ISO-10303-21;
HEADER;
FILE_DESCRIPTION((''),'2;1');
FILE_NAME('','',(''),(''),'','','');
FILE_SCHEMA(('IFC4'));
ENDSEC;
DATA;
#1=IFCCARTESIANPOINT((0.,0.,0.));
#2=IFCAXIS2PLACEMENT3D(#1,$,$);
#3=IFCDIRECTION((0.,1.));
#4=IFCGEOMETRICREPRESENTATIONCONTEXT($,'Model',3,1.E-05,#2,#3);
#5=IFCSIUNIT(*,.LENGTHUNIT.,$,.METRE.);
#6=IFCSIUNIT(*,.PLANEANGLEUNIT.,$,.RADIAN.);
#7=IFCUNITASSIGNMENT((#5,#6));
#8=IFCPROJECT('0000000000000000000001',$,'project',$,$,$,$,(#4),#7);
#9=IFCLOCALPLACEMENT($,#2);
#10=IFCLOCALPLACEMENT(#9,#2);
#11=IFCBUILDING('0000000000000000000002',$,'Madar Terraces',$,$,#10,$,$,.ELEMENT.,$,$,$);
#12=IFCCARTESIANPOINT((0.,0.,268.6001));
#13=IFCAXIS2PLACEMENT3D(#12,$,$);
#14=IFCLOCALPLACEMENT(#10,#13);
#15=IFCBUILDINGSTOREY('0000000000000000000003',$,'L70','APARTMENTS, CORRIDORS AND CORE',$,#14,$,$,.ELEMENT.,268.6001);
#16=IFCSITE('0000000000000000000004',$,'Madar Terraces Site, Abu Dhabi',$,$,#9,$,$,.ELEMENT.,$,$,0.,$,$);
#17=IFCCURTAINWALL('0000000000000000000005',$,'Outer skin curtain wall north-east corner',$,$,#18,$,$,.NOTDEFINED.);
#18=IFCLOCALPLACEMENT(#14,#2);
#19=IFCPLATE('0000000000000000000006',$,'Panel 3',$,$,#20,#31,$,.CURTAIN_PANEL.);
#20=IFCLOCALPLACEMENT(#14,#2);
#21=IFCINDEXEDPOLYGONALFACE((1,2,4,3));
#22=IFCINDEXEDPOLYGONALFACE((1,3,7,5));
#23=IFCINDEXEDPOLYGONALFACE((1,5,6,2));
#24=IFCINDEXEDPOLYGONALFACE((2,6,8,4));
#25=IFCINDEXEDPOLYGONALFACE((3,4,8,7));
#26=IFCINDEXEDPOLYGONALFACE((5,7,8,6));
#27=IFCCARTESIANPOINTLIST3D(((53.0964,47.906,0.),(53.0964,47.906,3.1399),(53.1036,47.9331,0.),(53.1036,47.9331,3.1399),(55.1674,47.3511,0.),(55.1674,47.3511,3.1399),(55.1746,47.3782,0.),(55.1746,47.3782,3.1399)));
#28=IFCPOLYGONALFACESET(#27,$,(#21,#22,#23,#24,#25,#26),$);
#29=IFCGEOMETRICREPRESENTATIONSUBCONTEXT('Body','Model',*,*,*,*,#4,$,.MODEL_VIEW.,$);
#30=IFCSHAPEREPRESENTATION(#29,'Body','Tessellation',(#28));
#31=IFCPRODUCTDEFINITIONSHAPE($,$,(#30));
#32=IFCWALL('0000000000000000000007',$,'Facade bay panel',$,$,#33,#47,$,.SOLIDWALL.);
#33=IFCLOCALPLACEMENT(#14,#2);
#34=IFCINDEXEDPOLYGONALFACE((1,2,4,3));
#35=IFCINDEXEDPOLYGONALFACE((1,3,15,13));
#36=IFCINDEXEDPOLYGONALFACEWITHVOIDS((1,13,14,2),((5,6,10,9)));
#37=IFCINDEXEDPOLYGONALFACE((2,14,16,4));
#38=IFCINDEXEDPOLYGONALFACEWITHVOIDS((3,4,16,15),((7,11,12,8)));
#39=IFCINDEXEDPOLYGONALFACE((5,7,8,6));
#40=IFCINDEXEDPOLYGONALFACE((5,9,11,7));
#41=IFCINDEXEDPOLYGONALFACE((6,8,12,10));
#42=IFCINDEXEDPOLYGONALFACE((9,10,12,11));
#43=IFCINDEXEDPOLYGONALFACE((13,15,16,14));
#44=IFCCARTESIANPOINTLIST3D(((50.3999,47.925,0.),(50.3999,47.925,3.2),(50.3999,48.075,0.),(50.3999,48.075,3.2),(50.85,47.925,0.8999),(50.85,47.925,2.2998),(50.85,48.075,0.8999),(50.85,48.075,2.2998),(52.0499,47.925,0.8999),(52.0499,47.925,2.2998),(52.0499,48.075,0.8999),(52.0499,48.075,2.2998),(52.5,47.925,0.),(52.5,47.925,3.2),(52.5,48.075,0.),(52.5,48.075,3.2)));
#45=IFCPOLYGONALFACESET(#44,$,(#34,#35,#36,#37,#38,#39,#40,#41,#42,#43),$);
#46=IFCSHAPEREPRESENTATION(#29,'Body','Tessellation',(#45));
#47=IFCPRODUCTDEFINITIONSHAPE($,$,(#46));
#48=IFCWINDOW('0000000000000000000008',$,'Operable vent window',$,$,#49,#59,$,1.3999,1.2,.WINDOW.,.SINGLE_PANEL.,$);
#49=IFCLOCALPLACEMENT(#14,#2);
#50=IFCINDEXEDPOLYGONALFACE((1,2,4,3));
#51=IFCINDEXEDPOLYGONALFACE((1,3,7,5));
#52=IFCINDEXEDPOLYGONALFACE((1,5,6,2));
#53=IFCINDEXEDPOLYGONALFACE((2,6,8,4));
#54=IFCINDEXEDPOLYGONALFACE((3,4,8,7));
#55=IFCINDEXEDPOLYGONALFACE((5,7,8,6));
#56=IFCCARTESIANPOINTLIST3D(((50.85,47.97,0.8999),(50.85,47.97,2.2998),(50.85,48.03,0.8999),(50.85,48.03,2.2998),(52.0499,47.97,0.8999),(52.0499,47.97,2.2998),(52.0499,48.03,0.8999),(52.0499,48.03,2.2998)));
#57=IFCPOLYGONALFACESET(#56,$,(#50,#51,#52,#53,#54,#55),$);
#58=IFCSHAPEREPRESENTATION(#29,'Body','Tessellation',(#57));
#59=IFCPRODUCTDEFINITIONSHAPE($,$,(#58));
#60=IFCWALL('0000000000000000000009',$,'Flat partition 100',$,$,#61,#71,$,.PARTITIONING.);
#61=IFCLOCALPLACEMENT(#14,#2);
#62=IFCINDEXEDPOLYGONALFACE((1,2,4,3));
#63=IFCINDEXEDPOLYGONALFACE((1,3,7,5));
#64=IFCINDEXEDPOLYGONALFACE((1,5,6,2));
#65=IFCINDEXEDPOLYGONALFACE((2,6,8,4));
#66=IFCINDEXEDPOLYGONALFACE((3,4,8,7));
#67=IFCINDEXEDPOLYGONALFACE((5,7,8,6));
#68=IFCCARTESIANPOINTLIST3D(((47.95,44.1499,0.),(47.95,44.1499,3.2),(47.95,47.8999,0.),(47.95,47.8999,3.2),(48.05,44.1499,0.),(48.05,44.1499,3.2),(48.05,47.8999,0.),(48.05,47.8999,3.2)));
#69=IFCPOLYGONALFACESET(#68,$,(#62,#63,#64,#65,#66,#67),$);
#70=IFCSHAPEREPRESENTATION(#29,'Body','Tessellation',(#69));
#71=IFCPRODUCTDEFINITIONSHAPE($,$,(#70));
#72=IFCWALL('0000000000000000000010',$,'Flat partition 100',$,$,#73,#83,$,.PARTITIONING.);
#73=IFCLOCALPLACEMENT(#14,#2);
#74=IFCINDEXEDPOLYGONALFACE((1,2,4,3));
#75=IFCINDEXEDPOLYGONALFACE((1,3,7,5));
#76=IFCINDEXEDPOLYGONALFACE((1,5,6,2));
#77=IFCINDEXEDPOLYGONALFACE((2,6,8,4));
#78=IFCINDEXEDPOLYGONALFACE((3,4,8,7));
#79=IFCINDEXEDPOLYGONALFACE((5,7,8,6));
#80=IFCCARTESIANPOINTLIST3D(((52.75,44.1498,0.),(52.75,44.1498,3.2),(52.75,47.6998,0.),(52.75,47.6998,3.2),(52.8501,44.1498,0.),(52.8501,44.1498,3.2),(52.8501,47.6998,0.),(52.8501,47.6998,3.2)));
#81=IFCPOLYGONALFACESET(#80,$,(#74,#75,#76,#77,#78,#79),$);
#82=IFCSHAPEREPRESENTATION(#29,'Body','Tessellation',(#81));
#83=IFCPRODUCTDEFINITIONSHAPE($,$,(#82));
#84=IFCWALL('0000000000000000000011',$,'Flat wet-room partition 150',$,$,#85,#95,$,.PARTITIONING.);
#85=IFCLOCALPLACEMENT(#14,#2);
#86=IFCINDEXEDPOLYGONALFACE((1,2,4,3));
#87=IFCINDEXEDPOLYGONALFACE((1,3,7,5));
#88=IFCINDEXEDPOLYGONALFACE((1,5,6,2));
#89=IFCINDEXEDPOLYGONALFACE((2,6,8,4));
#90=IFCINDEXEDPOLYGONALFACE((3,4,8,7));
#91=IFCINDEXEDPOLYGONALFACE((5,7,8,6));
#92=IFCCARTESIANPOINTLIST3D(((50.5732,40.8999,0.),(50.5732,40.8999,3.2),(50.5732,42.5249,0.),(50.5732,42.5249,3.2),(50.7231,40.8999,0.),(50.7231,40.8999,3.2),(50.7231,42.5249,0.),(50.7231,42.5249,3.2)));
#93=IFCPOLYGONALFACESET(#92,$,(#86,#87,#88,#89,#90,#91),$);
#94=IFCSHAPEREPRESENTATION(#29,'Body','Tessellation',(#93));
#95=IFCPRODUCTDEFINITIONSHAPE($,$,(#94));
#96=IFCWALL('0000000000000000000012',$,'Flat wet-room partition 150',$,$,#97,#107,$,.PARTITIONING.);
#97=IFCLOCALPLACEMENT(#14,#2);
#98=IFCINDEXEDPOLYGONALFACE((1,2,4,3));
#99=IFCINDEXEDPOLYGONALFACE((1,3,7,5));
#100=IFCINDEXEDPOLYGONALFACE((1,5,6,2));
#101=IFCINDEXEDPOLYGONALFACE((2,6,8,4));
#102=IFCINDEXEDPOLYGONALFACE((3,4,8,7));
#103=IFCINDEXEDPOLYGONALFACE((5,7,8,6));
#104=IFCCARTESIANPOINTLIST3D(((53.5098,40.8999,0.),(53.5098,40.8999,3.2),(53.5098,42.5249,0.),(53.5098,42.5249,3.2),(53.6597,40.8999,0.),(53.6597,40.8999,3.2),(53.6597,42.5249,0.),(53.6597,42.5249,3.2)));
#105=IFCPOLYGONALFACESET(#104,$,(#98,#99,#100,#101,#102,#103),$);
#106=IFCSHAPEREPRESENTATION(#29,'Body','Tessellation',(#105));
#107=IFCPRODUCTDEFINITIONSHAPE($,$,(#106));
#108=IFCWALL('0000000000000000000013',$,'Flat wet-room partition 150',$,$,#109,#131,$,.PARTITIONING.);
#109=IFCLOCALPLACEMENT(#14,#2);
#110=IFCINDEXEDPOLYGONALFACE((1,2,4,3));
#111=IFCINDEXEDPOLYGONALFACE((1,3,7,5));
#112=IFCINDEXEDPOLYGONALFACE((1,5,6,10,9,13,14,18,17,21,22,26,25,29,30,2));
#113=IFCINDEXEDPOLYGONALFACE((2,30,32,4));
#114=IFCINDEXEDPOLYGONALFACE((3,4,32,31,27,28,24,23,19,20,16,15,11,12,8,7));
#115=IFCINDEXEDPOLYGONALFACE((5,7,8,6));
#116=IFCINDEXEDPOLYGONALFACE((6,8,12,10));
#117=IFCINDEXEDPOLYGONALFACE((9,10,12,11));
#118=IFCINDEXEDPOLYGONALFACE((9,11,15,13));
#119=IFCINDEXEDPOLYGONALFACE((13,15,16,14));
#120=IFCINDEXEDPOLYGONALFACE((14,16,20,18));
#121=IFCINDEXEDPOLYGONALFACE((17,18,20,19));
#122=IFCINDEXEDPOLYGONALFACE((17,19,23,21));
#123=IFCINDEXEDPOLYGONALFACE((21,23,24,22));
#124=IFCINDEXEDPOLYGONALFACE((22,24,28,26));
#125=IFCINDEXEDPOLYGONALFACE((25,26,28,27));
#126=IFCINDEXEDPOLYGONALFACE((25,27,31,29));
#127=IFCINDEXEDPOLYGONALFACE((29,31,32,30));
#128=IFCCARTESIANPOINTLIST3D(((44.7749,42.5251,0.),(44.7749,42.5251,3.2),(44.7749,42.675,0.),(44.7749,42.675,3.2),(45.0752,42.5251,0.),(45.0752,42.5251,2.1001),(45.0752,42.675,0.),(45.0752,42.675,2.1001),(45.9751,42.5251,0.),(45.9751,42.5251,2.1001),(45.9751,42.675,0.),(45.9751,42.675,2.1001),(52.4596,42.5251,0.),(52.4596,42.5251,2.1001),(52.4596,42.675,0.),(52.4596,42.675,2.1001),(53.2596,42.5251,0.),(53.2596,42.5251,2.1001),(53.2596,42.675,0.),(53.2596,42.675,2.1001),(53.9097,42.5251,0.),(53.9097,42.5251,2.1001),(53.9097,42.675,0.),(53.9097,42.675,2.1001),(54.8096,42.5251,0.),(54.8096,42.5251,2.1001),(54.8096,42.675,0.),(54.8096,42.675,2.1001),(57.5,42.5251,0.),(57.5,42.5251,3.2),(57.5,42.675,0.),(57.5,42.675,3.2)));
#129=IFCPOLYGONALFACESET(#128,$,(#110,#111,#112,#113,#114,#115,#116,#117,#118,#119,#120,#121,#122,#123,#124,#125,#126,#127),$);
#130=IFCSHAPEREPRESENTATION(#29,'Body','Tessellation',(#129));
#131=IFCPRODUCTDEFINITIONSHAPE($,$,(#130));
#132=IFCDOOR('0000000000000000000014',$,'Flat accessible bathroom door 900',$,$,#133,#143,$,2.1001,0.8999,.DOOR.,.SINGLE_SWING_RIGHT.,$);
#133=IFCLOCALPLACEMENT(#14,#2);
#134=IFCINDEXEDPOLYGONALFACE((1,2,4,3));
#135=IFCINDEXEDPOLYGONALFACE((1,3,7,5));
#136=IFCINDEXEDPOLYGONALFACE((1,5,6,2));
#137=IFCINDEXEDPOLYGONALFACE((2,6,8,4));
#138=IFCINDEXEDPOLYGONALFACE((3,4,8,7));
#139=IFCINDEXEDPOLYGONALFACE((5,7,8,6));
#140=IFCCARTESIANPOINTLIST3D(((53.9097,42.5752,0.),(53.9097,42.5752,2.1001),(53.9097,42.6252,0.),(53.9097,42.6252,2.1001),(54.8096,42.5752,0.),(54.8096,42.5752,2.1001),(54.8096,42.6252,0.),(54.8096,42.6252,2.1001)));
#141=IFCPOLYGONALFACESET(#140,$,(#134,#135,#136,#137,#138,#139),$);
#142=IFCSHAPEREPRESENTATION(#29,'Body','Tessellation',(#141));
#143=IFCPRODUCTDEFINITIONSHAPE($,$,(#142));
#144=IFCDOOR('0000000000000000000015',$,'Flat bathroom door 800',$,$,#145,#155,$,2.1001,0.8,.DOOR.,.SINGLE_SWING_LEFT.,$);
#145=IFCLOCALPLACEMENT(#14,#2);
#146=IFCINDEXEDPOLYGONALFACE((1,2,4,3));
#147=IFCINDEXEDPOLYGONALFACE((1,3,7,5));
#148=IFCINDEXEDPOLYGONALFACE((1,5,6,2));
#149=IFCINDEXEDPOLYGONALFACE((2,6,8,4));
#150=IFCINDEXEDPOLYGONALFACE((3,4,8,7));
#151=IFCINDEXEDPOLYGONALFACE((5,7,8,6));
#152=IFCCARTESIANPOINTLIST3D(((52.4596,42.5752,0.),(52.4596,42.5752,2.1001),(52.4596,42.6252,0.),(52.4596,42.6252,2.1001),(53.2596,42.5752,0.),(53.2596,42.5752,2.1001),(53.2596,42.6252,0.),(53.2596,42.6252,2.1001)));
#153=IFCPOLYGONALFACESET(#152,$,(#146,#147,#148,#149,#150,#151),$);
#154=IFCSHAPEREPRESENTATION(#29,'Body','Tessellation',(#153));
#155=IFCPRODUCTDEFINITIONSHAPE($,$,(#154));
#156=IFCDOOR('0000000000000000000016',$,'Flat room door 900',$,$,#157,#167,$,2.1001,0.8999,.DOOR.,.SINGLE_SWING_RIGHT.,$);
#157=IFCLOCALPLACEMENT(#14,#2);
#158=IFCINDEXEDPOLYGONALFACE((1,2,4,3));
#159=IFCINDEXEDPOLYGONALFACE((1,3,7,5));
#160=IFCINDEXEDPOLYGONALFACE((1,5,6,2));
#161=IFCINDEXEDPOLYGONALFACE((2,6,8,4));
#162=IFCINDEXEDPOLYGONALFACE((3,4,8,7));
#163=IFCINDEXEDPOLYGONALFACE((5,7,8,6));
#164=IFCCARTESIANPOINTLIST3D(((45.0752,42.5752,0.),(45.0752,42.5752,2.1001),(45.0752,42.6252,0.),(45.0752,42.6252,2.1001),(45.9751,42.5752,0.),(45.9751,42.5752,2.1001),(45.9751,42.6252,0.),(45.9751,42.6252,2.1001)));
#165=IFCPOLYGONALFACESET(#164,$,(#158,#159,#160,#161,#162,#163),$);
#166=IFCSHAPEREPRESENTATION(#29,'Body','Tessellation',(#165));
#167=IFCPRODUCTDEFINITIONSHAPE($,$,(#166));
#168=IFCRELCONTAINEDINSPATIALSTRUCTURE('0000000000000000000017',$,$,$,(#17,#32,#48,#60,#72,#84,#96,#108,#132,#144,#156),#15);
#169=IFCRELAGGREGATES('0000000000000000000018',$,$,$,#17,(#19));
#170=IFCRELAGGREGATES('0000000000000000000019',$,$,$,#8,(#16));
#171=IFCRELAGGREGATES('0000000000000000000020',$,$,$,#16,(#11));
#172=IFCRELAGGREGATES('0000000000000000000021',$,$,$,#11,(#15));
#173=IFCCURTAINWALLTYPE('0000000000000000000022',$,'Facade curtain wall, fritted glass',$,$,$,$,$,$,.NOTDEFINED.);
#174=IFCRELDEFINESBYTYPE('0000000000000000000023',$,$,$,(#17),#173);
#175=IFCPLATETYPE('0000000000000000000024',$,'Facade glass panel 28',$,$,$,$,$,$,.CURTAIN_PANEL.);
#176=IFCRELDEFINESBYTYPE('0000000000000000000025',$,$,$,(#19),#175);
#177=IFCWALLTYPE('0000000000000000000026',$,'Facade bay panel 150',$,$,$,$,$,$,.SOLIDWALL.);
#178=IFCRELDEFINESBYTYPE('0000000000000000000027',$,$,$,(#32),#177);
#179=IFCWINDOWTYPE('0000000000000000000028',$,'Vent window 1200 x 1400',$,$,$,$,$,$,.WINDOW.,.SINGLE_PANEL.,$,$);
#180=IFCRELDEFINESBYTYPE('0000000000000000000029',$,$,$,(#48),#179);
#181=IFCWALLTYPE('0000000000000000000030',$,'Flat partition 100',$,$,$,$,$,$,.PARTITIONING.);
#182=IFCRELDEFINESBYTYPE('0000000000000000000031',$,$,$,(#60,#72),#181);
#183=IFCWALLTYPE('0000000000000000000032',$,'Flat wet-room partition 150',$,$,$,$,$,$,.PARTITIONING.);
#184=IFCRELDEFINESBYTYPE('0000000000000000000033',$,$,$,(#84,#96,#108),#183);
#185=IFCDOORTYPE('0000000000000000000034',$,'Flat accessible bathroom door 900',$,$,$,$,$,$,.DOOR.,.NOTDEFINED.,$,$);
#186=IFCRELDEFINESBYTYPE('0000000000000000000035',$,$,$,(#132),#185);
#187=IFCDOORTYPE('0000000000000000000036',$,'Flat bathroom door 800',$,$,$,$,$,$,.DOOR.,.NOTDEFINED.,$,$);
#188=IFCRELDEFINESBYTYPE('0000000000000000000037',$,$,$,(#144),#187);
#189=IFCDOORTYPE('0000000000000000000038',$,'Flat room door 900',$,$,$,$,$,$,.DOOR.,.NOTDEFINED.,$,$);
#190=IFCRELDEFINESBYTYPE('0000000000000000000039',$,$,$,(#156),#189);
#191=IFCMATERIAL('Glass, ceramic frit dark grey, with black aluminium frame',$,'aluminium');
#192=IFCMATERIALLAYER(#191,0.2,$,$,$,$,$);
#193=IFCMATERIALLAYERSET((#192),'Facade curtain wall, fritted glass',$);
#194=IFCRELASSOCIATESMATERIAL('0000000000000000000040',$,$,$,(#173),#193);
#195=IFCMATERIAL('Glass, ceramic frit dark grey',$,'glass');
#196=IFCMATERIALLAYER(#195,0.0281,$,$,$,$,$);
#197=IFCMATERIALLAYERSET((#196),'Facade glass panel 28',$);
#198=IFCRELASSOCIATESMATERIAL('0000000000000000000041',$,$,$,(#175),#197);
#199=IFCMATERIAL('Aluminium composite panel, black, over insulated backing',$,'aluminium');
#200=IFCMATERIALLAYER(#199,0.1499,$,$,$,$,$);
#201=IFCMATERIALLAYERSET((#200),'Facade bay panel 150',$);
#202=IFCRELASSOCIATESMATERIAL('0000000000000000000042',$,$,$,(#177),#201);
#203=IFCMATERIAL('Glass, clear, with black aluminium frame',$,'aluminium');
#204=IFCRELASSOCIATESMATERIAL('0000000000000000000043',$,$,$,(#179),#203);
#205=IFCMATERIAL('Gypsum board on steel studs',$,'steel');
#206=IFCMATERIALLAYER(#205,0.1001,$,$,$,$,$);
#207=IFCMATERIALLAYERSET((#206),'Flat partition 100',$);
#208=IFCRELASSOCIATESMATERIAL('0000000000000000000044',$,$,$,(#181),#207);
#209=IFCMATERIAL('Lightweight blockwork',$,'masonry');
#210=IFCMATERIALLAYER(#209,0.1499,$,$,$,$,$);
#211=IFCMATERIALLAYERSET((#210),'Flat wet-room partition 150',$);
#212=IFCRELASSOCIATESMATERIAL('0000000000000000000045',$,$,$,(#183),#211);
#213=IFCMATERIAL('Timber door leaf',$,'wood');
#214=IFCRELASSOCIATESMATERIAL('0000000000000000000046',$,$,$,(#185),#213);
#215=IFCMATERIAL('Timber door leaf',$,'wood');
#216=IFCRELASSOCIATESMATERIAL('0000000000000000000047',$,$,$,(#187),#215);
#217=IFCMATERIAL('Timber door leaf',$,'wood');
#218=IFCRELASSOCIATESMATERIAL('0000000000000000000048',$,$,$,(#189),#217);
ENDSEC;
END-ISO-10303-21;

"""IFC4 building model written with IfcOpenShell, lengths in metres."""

from ifc_helpers import new_model, si_unit, direction, frame, frame_2d, origin, origin_2d, place, context, subcontext, project, spatial, rectangle, extrude, material, layer, layer_set, type_object, element, fill, aggregate, save


model = new_model("IFC4")

# Units and contexts
model_context = context("Model", 3, precision=1e-05, world=origin(), true_north=direction((0.0, 1.0)))
body_context = subcontext(model_context, "Body", "Model", "MODEL_VIEW")
ifc_project = project(units=[si_unit("LENGTHUNIT", "METRE"), si_unit("PLANEANGLEUNIT", "RADIAN")], contexts=[model_context])

# Site, building, storey
site_placement = place(None, origin())
site = spatial("IfcSite", under=ifc_project, at=site_placement, Name="Madar Terraces Site, Abu Dhabi", CompositionType="ELEMENT", RefElevation=0.0)
building_placement = place(site_placement, origin())
building = spatial("IfcBuilding", under=site, at=building_placement, Name="Madar Terraces", CompositionType="ELEMENT")
storey_placement = place(building_placement, frame((0.0, 0.0, 268.6001)))
storey = spatial("IfcBuildingStorey", under=building, at=storey_placement, Name="L70", Description="APARTMENTS, CORRIDORS AND CORE", CompositionType="ELEMENT", Elevation=268.6001)

# Shared definitions
ifc_material_1 = material(Name="Glass, ceramic frit dark grey, with black aluminium frame", Category="aluminium")
ifc_layer_1 = layer(ifc_material_1, 0.2)
ifc_layer_set_1 = layer_set([ifc_layer_1], Name="Facade curtain wall, fritted glass")
curtain_wall_type = type_object("IfcCurtainWallType", Name="Facade curtain wall, fritted glass", PredefinedType="NOTDEFINED", material=ifc_layer_set_1)

# Curtain wall
curtain_wall_1_placement = place(storey_placement, origin())
curtain_wall_1 = element("IfcCurtainWall", 1, at=curtain_wall_1_placement, inside=storey, type_object=curtain_wall_type, Name="Outer skin curtain wall north-east corner", PredefinedType="NOTDEFINED")

# Shared definitions
ifc_material_2 = material(Name="Glass, ceramic frit dark grey", Category="glass")
ifc_layer_2 = layer(ifc_material_2, 0.0281)
ifc_layer_set_2 = layer_set([ifc_layer_2], Name="Facade glass panel 28")
plate_type = type_object("IfcPlateType", Name="Facade glass panel 28", PredefinedType="CURTAIN_PANEL", material=ifc_layer_set_2)

# Plate
plate_1_placement = place(storey_placement, frame((54.1355, 47.6421, 0.0), z_axis=(0.0, 0.0, 1.0), x_axis=(-0.965926, 0.258819, 0.0)))
plate_1 = element("IfcPlate", 2, at=plate_1_placement, type_object=plate_type, Name="Panel 3", PredefinedType="CURTAIN_PANEL", context=body_context, shape_type="SweptSolid", body=[
    extrude(rectangle(XDim=2.144, YDim=0.0281, at=origin_2d()), origin(), (0.0, 0.0, 1.0), 3.1399),
])
aggregate(curtain_wall_1, [plate_1])

# Wall, opening, window
ifc_material_3 = material(Name="Aluminium composite panel, black, over insulated backing", Category="aluminium")
ifc_layer_3 = layer(ifc_material_3, 0.1499)
ifc_layer_set_3 = layer_set([ifc_layer_3], Name="Facade bay panel 150")
wall_type_1 = type_object("IfcWallType", Name="Facade bay panel 150", PredefinedType="SOLIDWALL", material=ifc_layer_set_3)
wall_1_placement = place(storey_placement, frame((52.5, 48.0, 0.0), z_axis=(0.0, 0.0, 1.0), x_axis=(-1.0, 0.0, 0.0)))
wall_1 = element("IfcWall", 3, at=wall_1_placement, inside=storey, type_object=wall_type_1, Name="Facade bay panel", PredefinedType="SOLIDWALL", context=body_context, shape_type="SweptSolid", body=[
    extrude(rectangle(XDim=2.1001, YDim=0.1499, at=frame_2d((1.05, 0.0))), origin(), (0.0, 0.0, 1.0), 3.2),
])
opening_1_placement = place(wall_1_placement, frame((0.45, 0.0, 0.8999)))
opening_1 = element("IfcOpeningElement", 4, at=opening_1_placement, cuts=wall_1, PredefinedType="OPENING", context=body_context, shape_type="SweptSolid", body=[
    extrude(rectangle(XDim=1.2, YDim=1.3999, at=frame_2d((0.6001, 0.7))), frame((0.0, 0.085, 0.0), z_axis=(0.0, -1.0, 0.0), x_axis=(1.0, 0.0, 0.0)), (0.0, 0.0, 1.0), 0.1699),
])
ifc_material_4 = material(Name="Glass, clear, with black aluminium frame", Category="aluminium")
window_type = type_object("IfcWindowType", Name="Vent window 1200 x 1400", PartitioningType="SINGLE_PANEL", PredefinedType="WINDOW", material=ifc_material_4)
window_placement = place(opening_1_placement, origin())
window = element("IfcWindow", 5, at=window_placement, inside=storey, type_object=window_type, Name="Operable vent window", OverallHeight=1.3999, OverallWidth=1.2, PartitioningType="SINGLE_PANEL", PredefinedType="WINDOW", context=body_context, shape_type="SweptSolid", body=[
    extrude(rectangle(XDim=1.2, YDim=1.3999, at=frame_2d((0.6001, 0.7))), frame((0.0, 0.03, 0.0), z_axis=(0.0, -1.0, 0.0), x_axis=(1.0, 0.0, 0.0)), (0.0, 0.0, 1.0), 0.0601),
])
fill(opening_1, window)

# Walls
ifc_material_5 = material(Name="Gypsum board on steel studs", Category="steel")
ifc_layer_4 = layer(ifc_material_5, 0.1001)
ifc_layer_set_4 = layer_set([ifc_layer_4], Name="Flat partition 100")
wall_type_2 = type_object("IfcWallType", Name="Flat partition 100", PredefinedType="PARTITIONING", material=ifc_layer_set_4)
wall_2_placement = place(storey_placement, frame((48.0, 44.1499, 0.0), z_axis=(0.0, 0.0, 1.0), x_axis=(0.0, 1.0, 0.0)))
element("IfcWall", 6, at=wall_2_placement, inside=storey, type_object=wall_type_2, Name="Flat partition 100", PredefinedType="PARTITIONING", context=body_context, shape_type="SweptSolid", body=[
    extrude(rectangle(XDim=3.75, YDim=0.1001, at=frame_2d((1.875, 0.0))), origin(), (0.0, 0.0, 1.0), 3.2),
])
wall_3_placement = place(storey_placement, frame((52.8, 44.1499, 0.0), z_axis=(0.0, 0.0, 1.0), x_axis=(0.0, 1.0, 0.0)))
element("IfcWall", 7, at=wall_3_placement, inside=storey, type_object=wall_type_2, Name="Flat partition 100", PredefinedType="PARTITIONING", context=body_context, shape_type="SweptSolid", body=[
    extrude(rectangle(XDim=3.55, YDim=0.1001, at=frame_2d((1.7749, 0.0))), origin(), (0.0, 0.0, 1.0), 3.2),
])
ifc_material_6 = material(Name="Lightweight blockwork", Category="masonry")
ifc_layer_5 = layer(ifc_material_6, 0.1499)
ifc_layer_set_5 = layer_set([ifc_layer_5], Name="Flat wet-room partition 150")
wall_type_3 = type_object("IfcWallType", Name="Flat wet-room partition 150", PredefinedType="PARTITIONING", material=ifc_layer_set_5)
for number, where, z_axis, x_axis, name in (
    (8, (50.6482, 40.8999, 0.0), (0.0, 0.0, 1.0), (0.0, 1.0, 0.0), "Flat wet-room partition 150"),
    (9, (53.5847, 40.8999, 0.0), (0.0, 0.0, 1.0), (0.0, 1.0, 0.0), "Flat wet-room partition 150"),
):
    element("IfcWall", number, at=place(storey_placement, frame(where, z_axis=z_axis, x_axis=x_axis)), inside=storey, type_object=wall_type_3, Name=name, PredefinedType="PARTITIONING", context=body_context, shape_type="SweptSolid", body=[
        extrude(rectangle(XDim=1.625, YDim=0.1499, at=frame_2d((0.8125, 0.0))), origin(), (0.0, 0.0, 1.0), 3.2),
    ])

# Wall, openings, doors
wall_4_placement = place(storey_placement, frame((57.5, 42.6001, 0.0), z_axis=(0.0, 0.0, 1.0), x_axis=(-1.0, 0.0, 0.0)))
wall_4 = element("IfcWall", 10, at=wall_4_placement, inside=storey, type_object=wall_type_3, Name="Flat wet-room partition 150", PredefinedType="PARTITIONING", context=body_context, shape_type="SweptSolid", body=[
    extrude(rectangle(XDim=12.7251, YDim=0.1499, at=frame_2d((6.3625, 0.0))), origin(), (0.0, 0.0, 1.0), 3.2),
])
opening_2_placement = place(wall_4_placement, frame((11.5249, 0.0, 0.0)))
opening_2 = element("IfcOpeningElement", 11, at=opening_2_placement, cuts=wall_4, PredefinedType="OPENING", context=body_context, shape_type="SweptSolid", body=[
    extrude(rectangle(XDim=0.8999, YDim=2.1001, at=frame_2d((0.45, 1.05))), frame((0.0, 0.085, 0.0), z_axis=(0.0, -1.0, 0.0), x_axis=(1.0, 0.0, 0.0)), (0.0, 0.0, 1.0), 0.1699),
])
opening_3_placement = place(wall_4_placement, frame((4.2405, 0.0, 0.0)))
opening_3 = element("IfcOpeningElement", 12, at=opening_3_placement, cuts=wall_4, PredefinedType="OPENING", context=body_context, shape_type="SweptSolid", body=[
    extrude(rectangle(XDim=0.8, YDim=2.1001, at=frame_2d((0.3999, 1.05))), frame((0.0, 0.085, 0.0), z_axis=(0.0, -1.0, 0.0), x_axis=(1.0, 0.0, 0.0)), (0.0, 0.0, 1.0), 0.1699),
])
opening_4_placement = place(wall_4_placement, frame((2.6904, 0.0, 0.0)))
opening_4 = element("IfcOpeningElement", 13, at=opening_4_placement, cuts=wall_4, PredefinedType="OPENING", context=body_context, shape_type="SweptSolid", body=[
    extrude(rectangle(XDim=0.8999, YDim=2.1001, at=frame_2d((0.45, 1.05))), frame((0.0, 0.085, 0.0), z_axis=(0.0, -1.0, 0.0), x_axis=(1.0, 0.0, 0.0)), (0.0, 0.0, 1.0), 0.1699),
])
ifc_material_7 = material(Name="Timber door leaf", Category="wood")
door_type_1 = type_object("IfcDoorType", Name="Flat accessible bathroom door 900", OperationType="NOTDEFINED", PredefinedType="DOOR", material=ifc_material_7)
door_1_placement = place(opening_4_placement, origin())
door_1 = element("IfcDoor", 14, at=door_1_placement, inside=storey, type_object=door_type_1, Name="Flat accessible bathroom door 900", OperationType="SINGLE_SWING_RIGHT", OverallHeight=2.1001, OverallWidth=0.8999, PredefinedType="DOOR", context=body_context, shape_type="SweptSolid", body=[
    extrude(rectangle(XDim=0.8999, YDim=2.1001, at=frame_2d((0.45, 1.05))), frame((0.0, 0.0249, 0.0), z_axis=(0.0, -1.0, 0.0), x_axis=(1.0, 0.0, 0.0)), (0.0, 0.0, 1.0), 0.05),
])
fill(opening_4, door_1)
ifc_material_8 = material(Name="Timber door leaf", Category="wood")
door_type_2 = type_object("IfcDoorType", Name="Flat bathroom door 800", OperationType="NOTDEFINED", PredefinedType="DOOR", material=ifc_material_8)
door_2_placement = place(opening_3_placement, origin())
door_2 = element("IfcDoor", 15, at=door_2_placement, inside=storey, type_object=door_type_2, Name="Flat bathroom door 800", OperationType="SINGLE_SWING_LEFT", OverallHeight=2.1001, OverallWidth=0.8, PredefinedType="DOOR", context=body_context, shape_type="SweptSolid", body=[
    extrude(rectangle(XDim=0.8, YDim=2.1001, at=frame_2d((0.3999, 1.05))), frame((0.0, 0.0249, 0.0), z_axis=(0.0, -1.0, 0.0), x_axis=(1.0, 0.0, 0.0)), (0.0, 0.0, 1.0), 0.05),
])
fill(opening_3, door_2)
ifc_material_9 = material(Name="Timber door leaf", Category="wood")
door_type_3 = type_object("IfcDoorType", Name="Flat room door 900", OperationType="NOTDEFINED", PredefinedType="DOOR", material=ifc_material_9)
door_3_placement = place(opening_2_placement, origin())
door_3 = element("IfcDoor", 16, at=door_3_placement, inside=storey, type_object=door_type_3, Name="Flat room door 900", OperationType="SINGLE_SWING_RIGHT", OverallHeight=2.1001, OverallWidth=0.8999, PredefinedType="DOOR", context=body_context, shape_type="SweptSolid", body=[
    extrude(rectangle(XDim=0.8999, YDim=2.1001, at=frame_2d((0.45, 1.05))), frame((0.0, 0.0249, 0.0), z_axis=(0.0, -1.0, 0.0), x_axis=(1.0, 0.0, 0.0)), (0.0, 0.0, 1.0), 0.05),
])
fill(opening_2, door_3)

save(model, "model.ifc")
